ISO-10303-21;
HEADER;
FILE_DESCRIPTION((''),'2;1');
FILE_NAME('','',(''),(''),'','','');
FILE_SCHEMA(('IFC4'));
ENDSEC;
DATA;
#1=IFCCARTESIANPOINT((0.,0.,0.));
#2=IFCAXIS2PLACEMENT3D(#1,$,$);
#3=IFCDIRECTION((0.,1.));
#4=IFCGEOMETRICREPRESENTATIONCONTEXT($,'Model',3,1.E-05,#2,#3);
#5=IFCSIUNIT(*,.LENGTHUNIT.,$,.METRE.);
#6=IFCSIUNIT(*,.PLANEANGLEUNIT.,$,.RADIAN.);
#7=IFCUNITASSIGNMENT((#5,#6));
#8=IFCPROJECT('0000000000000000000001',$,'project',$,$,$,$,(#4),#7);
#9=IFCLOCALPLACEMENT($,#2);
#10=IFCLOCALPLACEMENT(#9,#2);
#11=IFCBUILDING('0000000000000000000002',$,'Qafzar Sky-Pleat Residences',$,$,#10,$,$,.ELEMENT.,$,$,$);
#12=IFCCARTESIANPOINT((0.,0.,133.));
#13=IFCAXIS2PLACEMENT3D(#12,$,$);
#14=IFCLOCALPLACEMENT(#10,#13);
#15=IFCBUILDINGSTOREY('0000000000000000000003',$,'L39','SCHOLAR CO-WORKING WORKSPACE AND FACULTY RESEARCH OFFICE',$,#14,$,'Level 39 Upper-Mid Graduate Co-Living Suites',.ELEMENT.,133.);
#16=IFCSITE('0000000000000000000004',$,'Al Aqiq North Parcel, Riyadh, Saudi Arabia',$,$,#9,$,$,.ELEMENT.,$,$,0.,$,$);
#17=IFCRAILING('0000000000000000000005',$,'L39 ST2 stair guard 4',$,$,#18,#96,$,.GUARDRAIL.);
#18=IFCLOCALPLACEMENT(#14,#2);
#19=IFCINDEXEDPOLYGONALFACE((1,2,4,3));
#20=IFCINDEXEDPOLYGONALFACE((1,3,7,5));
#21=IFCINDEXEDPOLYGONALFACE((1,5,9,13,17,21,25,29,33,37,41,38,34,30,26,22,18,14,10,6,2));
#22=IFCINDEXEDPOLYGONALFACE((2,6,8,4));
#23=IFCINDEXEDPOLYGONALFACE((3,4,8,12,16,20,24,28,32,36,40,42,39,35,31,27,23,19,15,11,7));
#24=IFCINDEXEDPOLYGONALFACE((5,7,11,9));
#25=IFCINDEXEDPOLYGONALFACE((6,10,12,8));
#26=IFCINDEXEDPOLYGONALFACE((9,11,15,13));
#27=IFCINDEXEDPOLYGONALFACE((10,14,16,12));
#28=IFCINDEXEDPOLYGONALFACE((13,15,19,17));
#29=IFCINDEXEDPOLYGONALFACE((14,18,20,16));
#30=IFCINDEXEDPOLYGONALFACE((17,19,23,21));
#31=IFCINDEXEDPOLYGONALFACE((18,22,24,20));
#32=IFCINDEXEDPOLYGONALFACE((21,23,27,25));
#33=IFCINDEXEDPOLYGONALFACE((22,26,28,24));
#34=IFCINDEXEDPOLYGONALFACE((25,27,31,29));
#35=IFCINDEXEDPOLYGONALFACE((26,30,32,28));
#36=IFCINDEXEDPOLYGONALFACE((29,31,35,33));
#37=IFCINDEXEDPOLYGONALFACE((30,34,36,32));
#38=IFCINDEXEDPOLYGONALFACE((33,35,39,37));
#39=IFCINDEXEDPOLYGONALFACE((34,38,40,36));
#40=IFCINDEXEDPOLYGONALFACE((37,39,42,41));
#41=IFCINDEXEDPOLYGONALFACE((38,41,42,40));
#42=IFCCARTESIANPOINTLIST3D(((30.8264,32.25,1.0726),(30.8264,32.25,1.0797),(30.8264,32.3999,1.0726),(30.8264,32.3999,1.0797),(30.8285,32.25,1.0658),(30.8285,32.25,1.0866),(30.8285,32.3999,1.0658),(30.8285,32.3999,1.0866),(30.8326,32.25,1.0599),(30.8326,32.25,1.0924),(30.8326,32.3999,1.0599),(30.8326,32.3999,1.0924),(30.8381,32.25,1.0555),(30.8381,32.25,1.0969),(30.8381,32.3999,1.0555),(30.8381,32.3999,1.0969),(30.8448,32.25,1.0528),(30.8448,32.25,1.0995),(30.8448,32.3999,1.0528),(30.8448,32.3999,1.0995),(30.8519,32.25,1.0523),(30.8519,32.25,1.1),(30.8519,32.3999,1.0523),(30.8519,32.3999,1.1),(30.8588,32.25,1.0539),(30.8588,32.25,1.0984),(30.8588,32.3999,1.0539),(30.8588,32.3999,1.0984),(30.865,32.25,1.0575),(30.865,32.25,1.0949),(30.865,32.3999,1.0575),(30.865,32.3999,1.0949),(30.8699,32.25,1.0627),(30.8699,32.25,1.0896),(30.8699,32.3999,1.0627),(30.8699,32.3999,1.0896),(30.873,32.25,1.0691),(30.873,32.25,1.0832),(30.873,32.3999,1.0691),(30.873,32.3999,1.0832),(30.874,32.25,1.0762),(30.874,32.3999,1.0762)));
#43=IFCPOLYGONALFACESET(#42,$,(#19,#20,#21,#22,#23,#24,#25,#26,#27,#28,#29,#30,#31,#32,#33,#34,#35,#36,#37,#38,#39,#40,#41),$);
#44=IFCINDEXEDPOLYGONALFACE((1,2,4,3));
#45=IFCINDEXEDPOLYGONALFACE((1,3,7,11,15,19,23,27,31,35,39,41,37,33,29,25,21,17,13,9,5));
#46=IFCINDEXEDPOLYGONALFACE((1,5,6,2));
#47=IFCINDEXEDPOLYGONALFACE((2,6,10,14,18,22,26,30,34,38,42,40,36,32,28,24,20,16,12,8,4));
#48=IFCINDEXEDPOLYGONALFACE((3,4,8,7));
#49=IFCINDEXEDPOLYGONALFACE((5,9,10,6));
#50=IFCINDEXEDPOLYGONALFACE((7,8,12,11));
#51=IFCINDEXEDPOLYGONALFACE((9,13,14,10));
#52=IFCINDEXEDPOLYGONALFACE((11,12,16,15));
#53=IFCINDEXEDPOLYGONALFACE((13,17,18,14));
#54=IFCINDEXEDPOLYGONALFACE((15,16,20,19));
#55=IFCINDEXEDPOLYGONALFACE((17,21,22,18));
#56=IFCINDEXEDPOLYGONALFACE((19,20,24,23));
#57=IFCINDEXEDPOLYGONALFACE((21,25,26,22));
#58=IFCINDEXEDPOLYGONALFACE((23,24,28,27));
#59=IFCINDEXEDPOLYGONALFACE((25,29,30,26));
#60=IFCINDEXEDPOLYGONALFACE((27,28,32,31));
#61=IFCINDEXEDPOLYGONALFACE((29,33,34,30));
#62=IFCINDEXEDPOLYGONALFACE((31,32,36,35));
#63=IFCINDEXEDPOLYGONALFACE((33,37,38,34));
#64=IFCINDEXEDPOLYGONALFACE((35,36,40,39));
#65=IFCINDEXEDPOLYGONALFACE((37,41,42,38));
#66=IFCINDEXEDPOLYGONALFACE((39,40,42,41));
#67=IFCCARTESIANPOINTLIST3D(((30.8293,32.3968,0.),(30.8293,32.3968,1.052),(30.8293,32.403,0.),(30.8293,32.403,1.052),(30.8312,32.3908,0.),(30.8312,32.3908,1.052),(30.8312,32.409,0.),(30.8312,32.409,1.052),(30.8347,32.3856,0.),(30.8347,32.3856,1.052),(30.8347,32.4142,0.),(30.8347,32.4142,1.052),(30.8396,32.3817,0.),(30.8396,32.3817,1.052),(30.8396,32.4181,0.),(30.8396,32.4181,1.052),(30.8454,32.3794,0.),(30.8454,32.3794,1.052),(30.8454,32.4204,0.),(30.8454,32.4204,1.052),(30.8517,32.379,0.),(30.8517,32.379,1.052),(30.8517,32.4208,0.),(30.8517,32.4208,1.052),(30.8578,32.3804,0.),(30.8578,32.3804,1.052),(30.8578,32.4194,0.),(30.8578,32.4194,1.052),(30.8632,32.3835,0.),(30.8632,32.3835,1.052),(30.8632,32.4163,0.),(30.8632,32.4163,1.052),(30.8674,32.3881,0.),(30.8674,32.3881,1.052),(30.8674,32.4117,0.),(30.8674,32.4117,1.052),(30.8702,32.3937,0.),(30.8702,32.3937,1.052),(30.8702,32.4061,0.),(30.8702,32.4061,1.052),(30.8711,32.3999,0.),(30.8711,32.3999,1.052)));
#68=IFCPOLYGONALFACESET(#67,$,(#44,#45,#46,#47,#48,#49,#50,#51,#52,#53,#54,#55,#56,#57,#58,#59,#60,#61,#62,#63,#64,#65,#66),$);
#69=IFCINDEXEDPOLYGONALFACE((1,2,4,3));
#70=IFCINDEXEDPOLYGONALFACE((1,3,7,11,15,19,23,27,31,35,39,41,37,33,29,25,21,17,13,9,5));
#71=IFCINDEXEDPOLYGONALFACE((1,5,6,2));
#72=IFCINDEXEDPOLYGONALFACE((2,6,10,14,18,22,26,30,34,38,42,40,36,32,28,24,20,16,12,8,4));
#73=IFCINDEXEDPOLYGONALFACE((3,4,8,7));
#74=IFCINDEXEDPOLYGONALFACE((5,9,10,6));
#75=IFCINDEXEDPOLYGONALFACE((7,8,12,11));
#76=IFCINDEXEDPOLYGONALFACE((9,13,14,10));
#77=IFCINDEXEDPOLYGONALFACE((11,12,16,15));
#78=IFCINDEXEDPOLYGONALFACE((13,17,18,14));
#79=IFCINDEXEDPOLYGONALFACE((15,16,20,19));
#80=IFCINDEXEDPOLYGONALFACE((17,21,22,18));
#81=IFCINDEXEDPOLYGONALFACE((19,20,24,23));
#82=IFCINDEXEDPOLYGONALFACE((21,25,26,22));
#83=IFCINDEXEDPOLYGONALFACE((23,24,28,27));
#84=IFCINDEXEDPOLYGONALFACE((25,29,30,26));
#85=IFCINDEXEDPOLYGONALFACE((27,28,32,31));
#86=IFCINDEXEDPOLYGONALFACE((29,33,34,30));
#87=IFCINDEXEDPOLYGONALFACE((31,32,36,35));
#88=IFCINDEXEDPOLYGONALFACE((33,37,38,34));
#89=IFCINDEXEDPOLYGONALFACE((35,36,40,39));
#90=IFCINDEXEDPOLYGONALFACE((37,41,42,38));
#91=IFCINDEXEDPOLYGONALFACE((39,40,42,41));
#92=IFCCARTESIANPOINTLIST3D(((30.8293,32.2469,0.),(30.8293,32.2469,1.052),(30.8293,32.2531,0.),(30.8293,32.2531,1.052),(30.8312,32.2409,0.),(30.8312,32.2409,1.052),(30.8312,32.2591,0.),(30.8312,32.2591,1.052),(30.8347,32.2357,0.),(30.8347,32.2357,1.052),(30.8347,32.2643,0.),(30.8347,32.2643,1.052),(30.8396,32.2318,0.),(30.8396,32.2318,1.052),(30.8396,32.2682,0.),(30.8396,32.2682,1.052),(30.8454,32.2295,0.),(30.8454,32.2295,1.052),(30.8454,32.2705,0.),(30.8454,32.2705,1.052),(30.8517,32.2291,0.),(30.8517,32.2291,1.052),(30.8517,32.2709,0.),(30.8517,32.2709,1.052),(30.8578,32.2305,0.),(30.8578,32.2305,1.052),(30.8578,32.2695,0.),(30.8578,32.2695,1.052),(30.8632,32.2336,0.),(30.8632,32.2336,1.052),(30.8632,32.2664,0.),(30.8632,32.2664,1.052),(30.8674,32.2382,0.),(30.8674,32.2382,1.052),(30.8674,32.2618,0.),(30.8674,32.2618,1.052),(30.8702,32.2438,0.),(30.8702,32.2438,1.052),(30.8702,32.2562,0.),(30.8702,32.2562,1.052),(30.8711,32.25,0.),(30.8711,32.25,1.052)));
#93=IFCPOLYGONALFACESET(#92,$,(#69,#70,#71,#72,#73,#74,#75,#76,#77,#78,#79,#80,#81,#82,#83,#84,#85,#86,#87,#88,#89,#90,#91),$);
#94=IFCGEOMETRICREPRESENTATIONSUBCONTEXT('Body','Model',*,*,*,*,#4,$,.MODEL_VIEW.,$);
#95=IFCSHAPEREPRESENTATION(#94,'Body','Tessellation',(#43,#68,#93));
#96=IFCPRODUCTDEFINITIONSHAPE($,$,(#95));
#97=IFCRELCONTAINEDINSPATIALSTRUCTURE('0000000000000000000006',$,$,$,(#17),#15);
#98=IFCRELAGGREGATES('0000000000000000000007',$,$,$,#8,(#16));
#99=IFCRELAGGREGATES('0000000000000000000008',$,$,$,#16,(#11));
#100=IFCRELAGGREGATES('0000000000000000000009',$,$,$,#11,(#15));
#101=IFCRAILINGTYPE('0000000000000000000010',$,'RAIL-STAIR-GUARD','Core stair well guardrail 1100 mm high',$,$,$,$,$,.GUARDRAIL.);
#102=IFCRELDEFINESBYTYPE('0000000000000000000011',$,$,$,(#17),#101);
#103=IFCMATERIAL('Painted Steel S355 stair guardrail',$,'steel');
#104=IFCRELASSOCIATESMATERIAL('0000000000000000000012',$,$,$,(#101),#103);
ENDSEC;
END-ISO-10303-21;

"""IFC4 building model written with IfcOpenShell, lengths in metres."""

from ifc_helpers import new_model, si_unit, direction, frame, origin, origin_2d, place, context, subcontext, project, spatial, circle, extrude, source, transform, mapped, material, type_object, element, save


model = new_model("IFC4")

# Units and contexts
model_context = context("Model", 3, precision=1e-05, world=origin(), true_north=direction((0.0, 1.0)))
body_context = subcontext(model_context, "Body", "Model", "MODEL_VIEW")
ifc_project = project(units=[si_unit("LENGTHUNIT", "METRE"), si_unit("PLANEANGLEUNIT", "RADIAN")], contexts=[model_context])

# Site, building, storey
site_placement = place(None, origin())
site = spatial("IfcSite", under=ifc_project, at=site_placement, Name="Al Aqiq North Parcel, Riyadh, Saudi Arabia", CompositionType="ELEMENT", RefElevation=0.0)
building_placement = place(site_placement, origin())
building = spatial("IfcBuilding", under=site, at=building_placement, Name="Qafzar Sky-Pleat Residences", CompositionType="ELEMENT")
storey_placement = place(building_placement, frame((0.0, 0.0, 133.0)))
storey = spatial("IfcBuildingStorey", under=building, at=storey_placement, Name="L39", Description="SCHOLAR CO-WORKING WORKSPACE AND FACULTY RESEARCH OFFICE", LongName="Level 39 Upper-Mid Graduate Co-Living Suites", CompositionType="ELEMENT", Elevation=133.0)

# Railing
ifc_material_1 = material(Name="Painted Steel S355 stair guardrail", Category="steel")
railing_type_1 = type_object("IfcRailingType", Name="RAIL-STAIR-GUARD", Description="Core stair well guardrail 1100 mm high", PredefinedType="GUARDRAIL", material=ifc_material_1)
shared_shape_1 = source(origin(), body_context, "Body", "SweptSolid", [
    extrude(circle(Radius=0.0239, at=origin_2d()), frame((0.0, 0.0, 1.0762), z_axis=(0.0, -1.0, 0.0), x_axis=(1.0, 0.0, 0.0)), (0.0, 0.0, 1.0), 0.1499),
    extrude(circle(Radius=0.021, at=origin_2d()), origin(), (0.0, 0.0, 1.0), 1.052),
    extrude(circle(Radius=0.021, at=origin_2d()), frame((0.0, -0.1499, 0.0)), (0.0, 0.0, 1.0), 1.052),
])
railing_1_placement = place(storey_placement, frame((30.8501, 32.3999, 0.0)))
element("IfcRailing", 1, at=railing_1_placement, inside=storey, type_object=railing_type_1, Name="L39 ST2 stair guard 4", PredefinedType="GUARDRAIL", context=body_context, shape_type="MappedRepresentation", body=[
    mapped(shared_shape_1, transform((0.0, 0.0, 0.0), x_axis=(1.0, 0.0, 0.0), y_axis=(0.0, 1.0, 0.0), z_axis=(0.0, 0.0, 1.0), scale=1.0)),
])

save(model, "model.ifc")
